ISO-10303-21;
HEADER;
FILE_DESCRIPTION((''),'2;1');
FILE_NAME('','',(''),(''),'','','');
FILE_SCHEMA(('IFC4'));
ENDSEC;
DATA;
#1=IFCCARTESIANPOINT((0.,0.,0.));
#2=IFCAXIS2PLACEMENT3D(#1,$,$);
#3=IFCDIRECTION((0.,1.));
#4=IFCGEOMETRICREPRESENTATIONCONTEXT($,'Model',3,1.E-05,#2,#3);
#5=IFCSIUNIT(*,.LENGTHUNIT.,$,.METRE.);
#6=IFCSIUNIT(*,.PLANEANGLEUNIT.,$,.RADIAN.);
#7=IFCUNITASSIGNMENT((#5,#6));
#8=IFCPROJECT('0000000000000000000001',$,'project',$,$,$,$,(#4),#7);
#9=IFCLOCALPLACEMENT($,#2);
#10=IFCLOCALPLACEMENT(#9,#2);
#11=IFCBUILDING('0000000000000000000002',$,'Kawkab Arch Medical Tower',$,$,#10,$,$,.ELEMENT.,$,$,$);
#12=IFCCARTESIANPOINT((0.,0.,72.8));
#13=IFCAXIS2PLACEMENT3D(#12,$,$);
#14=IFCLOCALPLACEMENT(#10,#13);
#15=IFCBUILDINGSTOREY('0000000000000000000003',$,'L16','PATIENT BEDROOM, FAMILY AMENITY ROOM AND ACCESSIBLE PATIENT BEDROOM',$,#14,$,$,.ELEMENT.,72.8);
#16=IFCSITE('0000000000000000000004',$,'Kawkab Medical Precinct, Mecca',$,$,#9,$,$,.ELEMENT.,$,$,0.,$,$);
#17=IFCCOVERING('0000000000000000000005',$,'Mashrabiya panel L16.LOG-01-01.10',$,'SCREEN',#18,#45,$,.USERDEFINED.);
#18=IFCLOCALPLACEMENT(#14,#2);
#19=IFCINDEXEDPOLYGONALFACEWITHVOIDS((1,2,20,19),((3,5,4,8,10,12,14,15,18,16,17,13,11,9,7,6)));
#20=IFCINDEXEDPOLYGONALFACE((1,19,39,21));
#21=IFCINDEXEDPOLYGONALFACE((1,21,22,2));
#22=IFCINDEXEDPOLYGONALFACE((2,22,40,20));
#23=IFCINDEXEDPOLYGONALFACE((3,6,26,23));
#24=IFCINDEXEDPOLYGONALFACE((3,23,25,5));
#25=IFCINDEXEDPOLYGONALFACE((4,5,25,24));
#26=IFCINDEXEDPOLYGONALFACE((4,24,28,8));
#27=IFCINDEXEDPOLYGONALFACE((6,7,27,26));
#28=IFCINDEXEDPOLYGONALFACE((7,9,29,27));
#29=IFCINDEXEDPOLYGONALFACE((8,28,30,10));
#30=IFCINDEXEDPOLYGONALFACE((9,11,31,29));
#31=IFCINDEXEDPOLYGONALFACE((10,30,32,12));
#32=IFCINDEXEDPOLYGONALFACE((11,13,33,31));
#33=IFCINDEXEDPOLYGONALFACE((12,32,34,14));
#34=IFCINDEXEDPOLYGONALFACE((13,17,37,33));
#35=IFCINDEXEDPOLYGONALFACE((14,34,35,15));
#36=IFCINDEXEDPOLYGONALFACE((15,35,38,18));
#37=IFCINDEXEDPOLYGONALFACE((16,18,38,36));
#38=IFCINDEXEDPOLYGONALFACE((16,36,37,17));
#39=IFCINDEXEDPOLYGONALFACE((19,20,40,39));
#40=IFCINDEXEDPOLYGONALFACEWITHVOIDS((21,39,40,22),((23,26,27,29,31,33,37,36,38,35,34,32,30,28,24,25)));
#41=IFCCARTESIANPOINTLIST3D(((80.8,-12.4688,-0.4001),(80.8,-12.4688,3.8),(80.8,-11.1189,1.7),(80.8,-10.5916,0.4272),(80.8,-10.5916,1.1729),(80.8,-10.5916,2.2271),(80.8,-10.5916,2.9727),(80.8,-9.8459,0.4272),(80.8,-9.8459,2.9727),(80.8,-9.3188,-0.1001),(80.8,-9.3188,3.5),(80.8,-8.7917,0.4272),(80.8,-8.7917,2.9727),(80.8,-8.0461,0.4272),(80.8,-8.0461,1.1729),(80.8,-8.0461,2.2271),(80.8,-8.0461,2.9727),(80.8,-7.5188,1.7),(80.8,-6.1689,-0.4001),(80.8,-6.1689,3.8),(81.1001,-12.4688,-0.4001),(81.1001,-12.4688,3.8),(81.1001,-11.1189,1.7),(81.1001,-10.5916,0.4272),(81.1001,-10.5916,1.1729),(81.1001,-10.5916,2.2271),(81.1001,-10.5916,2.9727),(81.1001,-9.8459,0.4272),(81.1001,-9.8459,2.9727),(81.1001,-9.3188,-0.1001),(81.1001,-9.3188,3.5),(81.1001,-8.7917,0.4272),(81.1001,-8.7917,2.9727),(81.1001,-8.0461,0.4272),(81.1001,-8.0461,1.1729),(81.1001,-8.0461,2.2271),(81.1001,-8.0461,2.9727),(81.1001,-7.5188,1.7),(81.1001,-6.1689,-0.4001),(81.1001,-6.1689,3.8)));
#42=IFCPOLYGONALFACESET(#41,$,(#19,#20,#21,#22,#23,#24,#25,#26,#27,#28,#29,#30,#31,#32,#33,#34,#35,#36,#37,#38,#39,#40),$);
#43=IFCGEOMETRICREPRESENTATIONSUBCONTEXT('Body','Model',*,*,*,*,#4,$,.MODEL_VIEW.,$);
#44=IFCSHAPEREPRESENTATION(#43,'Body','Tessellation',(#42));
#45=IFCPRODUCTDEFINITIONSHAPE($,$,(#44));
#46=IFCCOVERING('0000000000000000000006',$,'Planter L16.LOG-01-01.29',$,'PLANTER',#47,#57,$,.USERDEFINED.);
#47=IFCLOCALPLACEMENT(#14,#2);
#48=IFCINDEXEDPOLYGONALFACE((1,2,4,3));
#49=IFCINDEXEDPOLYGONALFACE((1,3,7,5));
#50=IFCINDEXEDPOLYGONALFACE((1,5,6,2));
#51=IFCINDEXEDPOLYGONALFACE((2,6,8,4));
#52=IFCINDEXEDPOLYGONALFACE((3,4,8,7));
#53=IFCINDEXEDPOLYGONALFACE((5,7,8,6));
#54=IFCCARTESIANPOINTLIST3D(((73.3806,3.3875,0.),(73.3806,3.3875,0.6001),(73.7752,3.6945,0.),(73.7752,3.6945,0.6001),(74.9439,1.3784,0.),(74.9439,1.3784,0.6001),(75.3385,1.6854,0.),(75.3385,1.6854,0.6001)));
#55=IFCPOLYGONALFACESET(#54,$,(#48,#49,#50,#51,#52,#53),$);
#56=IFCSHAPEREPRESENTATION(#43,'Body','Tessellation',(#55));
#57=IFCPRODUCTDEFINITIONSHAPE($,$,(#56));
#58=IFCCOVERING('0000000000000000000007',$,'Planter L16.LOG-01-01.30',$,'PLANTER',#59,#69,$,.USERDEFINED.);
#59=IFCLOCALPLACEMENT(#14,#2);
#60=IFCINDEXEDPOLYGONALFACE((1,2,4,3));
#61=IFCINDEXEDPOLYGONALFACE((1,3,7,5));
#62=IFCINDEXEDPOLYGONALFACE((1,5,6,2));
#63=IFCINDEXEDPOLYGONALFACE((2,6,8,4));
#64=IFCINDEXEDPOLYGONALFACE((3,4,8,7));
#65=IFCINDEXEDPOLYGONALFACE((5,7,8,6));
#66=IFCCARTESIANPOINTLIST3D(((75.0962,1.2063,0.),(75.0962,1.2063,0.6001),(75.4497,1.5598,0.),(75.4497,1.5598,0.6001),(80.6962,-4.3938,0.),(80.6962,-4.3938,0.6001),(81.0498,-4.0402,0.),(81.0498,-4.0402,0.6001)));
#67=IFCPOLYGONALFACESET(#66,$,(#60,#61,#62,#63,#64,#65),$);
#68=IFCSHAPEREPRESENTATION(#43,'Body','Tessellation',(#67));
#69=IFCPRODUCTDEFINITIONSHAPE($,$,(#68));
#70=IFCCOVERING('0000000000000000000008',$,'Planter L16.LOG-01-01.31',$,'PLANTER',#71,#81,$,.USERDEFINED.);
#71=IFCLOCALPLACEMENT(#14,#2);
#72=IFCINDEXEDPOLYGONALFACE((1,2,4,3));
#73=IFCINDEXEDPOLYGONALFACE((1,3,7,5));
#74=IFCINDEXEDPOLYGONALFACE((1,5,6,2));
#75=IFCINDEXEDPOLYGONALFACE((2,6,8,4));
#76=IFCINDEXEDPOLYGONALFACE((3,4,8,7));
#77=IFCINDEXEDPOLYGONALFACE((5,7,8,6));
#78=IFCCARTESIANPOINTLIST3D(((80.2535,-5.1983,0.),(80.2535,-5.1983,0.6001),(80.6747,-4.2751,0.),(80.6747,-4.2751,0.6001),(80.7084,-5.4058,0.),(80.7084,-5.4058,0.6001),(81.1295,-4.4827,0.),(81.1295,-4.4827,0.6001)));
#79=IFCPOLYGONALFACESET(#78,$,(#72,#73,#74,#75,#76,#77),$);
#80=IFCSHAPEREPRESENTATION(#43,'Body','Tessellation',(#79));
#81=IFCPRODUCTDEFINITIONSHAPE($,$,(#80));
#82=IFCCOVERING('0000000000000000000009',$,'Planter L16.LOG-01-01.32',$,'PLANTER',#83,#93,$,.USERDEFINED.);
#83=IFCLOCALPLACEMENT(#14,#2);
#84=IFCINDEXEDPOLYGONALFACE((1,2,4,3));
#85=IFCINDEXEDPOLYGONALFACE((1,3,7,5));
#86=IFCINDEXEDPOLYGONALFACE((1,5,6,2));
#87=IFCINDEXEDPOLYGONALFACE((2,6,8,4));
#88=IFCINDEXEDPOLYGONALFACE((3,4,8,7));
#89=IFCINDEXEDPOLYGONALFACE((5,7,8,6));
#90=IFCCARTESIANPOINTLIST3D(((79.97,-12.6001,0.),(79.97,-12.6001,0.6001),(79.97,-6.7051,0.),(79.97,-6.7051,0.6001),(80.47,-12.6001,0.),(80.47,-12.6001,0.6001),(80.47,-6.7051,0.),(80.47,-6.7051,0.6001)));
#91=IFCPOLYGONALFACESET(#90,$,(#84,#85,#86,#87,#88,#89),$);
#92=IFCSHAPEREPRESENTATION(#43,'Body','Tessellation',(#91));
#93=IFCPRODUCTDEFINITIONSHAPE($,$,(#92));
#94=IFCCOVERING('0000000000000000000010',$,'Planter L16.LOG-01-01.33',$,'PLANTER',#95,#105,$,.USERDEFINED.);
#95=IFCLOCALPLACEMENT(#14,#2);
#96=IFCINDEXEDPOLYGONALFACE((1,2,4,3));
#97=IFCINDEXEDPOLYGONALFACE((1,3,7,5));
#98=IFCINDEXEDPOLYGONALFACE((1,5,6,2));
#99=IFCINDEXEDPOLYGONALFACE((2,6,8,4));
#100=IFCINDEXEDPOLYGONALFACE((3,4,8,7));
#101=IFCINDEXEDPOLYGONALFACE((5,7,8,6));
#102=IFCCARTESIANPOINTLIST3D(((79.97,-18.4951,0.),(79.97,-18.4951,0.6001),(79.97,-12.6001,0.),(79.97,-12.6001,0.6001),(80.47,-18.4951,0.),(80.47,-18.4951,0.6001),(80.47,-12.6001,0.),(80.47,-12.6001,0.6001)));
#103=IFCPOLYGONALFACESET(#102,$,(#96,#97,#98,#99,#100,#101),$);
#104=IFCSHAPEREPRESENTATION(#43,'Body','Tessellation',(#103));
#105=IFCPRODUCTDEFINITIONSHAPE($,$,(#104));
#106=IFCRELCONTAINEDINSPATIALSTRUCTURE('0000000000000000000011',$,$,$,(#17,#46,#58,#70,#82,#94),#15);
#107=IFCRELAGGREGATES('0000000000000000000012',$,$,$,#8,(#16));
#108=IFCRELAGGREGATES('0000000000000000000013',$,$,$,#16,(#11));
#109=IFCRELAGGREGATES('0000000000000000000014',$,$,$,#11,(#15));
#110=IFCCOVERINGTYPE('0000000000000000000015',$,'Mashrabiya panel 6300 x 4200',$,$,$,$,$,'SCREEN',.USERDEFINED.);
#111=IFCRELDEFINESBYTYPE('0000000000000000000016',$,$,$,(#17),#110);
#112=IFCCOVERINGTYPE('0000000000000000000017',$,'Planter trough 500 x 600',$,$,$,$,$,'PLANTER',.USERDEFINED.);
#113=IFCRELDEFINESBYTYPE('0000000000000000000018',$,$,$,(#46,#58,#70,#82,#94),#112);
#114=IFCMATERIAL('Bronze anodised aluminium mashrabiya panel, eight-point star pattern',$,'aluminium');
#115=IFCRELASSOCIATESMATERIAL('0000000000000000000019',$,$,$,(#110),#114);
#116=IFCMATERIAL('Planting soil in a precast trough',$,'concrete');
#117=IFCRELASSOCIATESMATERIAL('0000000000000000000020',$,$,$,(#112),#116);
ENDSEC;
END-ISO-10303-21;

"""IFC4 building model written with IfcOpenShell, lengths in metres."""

from ifc_helpers import new_model, si_unit, direction, frame, origin, origin_2d, place, context, subcontext, project, spatial, polyline, rectangle, outline, extrude, material, material_profile, profile_set, type_object, element, save


model = new_model("IFC4")

# Units and contexts
model_context = context("Model", 3, precision=1e-05, world=origin(), true_north=direction((0.0, 1.0)))
body_context = subcontext(model_context, "Body", "Model", "MODEL_VIEW")
ifc_project = project(units=[si_unit("LENGTHUNIT", "METRE"), si_unit("PLANEANGLEUNIT", "RADIAN")], contexts=[model_context])

# Site, building, storey
site_placement = place(None, origin())
site = spatial("IfcSite", under=ifc_project, at=site_placement, Name="Kawkab Medical Precinct, Mecca", CompositionType="ELEMENT", RefElevation=0.0)
building_placement = place(site_placement, origin())
building = spatial("IfcBuilding", under=site, at=building_placement, Name="Kawkab Arch Medical Tower", CompositionType="ELEMENT")
storey_placement = place(building_placement, frame((0.0, 0.0, 72.8)))
storey = spatial("IfcBuildingStorey", under=building, at=storey_placement, Name="L16", Description="PATIENT BEDROOM, FAMILY AMENITY ROOM AND ACCESSIBLE PATIENT BEDROOM", CompositionType="ELEMENT", Elevation=72.8)

# Coverings
ifc_material_1 = material(Name="Bronze anodised aluminium mashrabiya panel, eight-point star pattern", Category="aluminium")
ifc_material_profile_1 = material_profile(ifc_material_1, outline(polyline([(-3.1499, -2.1001), (3.1499, -2.1001), (3.1499, 2.1001), (-3.1499, 2.1001), (-3.1499, -2.1001)]), holes=[polyline([(1.8, 0.0), (1.2727, 0.5271), (1.2727, 1.2727), (0.5271, 1.2727), (0.0, 1.8), (-0.5271, 1.2727), (-1.2727, 1.2727), (-1.2727, 0.5271), (-1.8, 0.0), (-1.2727, -0.5271), (-1.2727, -1.2727), (-0.5271, -1.2727), (0.0, -1.8), (0.5271, -1.2727), (1.2727, -1.2727), (1.2727, -0.5271), (1.8, 0.0)])]), Name="Mashrabiya panel 6300x4200")
ifc_profile_set_1 = profile_set([ifc_material_profile_1], Name="Bronze anodised aluminium mashrabiya panel, eight-point star pattern")
covering_type_1 = type_object("IfcCoveringType", Name="Mashrabiya panel 6300 x 4200", ElementType="SCREEN", PredefinedType="USERDEFINED", material=ifc_profile_set_1)
covering_1_placement = place(storey_placement, frame((80.8, -9.3188, 1.7), z_axis=(1.0, 0.0, 0.0), x_axis=(0.0, 1.0, 0.0)))
element("IfcCovering", 1, at=covering_1_placement, inside=storey, type_object=covering_type_1, Name="Mashrabiya panel L16.LOG-01-01.10", ObjectType="SCREEN", PredefinedType="USERDEFINED", context=body_context, shape_type="SweptSolid", body=[
    extrude(outline(polyline([(-3.1499, -2.1001), (3.1499, -2.1001), (3.1499, 2.1001), (-3.1499, 2.1001), (-3.1499, -2.1001)]), holes=[polyline([(1.8, 0.0), (1.2727, 0.5271), (1.2727, 1.2727), (0.5271, 1.2727), (0.0, 1.8), (-0.5271, 1.2727), (-1.2727, 1.2727), (-1.2727, 0.5271), (-1.8, 0.0), (-1.2727, -0.5271), (-1.2727, -1.2727), (-0.5271, -1.2727), (0.0, -1.8), (0.5271, -1.2727), (1.2727, -1.2727), (1.2727, -0.5271), (1.8, 0.0)])]), origin(), (0.0, 0.0, 1.0), 0.3),
])
ifc_material_2 = material(Name="Planting soil in a precast trough", Category="concrete")
ifc_material_profile_2 = material_profile(ifc_material_2, rectangle(XDim=0.5, YDim=0.6001, at=origin_2d()), Name="Trough 500x600")
ifc_profile_set_2 = profile_set([ifc_material_profile_2], Name="Planting soil in a precast trough")
covering_type_2 = type_object("IfcCoveringType", Name="Planter trough 500 x 600", ElementType="PLANTER", PredefinedType="USERDEFINED", material=ifc_profile_set_2)
covering_2_placement = place(storey_placement, frame((73.5779, 3.541, 0.3), z_axis=(0.6141, -0.789228, 0.0), x_axis=(0.789228, 0.6141, 0.0)))
element("IfcCovering", 2, at=covering_2_placement, inside=storey, type_object=covering_type_2, Name="Planter L16.LOG-01-01.29", ObjectType="PLANTER", PredefinedType="USERDEFINED", context=body_context, shape_type="SweptSolid", body=[
    extrude(rectangle(XDim=0.5, YDim=0.6001, at=origin_2d()), origin(), (0.0, 0.0, 1.0), 2.5457),
])
covering_3_placement = place(storey_placement, frame((75.2729, 1.3831, 0.3), z_axis=(0.707107, -0.707107, 0.0), x_axis=(0.707107, 0.707107, 0.0)))
element("IfcCovering", 3, at=covering_3_placement, inside=storey, type_object=covering_type_2, Name="Planter L16.LOG-01-01.30", ObjectType="PLANTER", PredefinedType="USERDEFINED", context=body_context, shape_type="SweptSolid", body=[
    extrude(rectangle(XDim=0.5, YDim=0.6001, at=origin_2d()), origin(), (0.0, 0.0, 1.0), 7.9197),
])
covering_4_placement = place(storey_placement, frame((80.9021, -4.3789, 0.3), z_axis=(-0.415072, -0.909789, 0.0), x_axis=(0.909789, -0.415072, 0.0)))
element("IfcCovering", 4, at=covering_4_placement, inside=storey, type_object=covering_type_2, Name="Planter L16.LOG-01-01.31", ObjectType="PLANTER", PredefinedType="USERDEFINED", context=body_context, shape_type="SweptSolid", body=[
    extrude(rectangle(XDim=0.5, YDim=0.6001, at=origin_2d()), origin(), (0.0, 0.0, 1.0), 1.0146),
])
for number, where, z_axis, x_axis, name in (
    (5, (80.22, -6.7051, 0.3), (0.0, -1.0, 0.0), (1.0, 0.0, 0.0), "Planter L16.LOG-01-01.32"),
    (6, (80.22, -12.6001, 0.3), (0.0, -1.0, 0.0), (1.0, 0.0, 0.0), "Planter L16.LOG-01-01.33"),
):
    element("IfcCovering", number, at=place(storey_placement, frame(where, z_axis=z_axis, x_axis=x_axis)), inside=storey, type_object=covering_type_2, Name=name, ObjectType="PLANTER", PredefinedType="USERDEFINED", context=body_context, shape_type="SweptSolid", body=[
        extrude(rectangle(XDim=0.5, YDim=0.6001, at=origin_2d()), origin(), (0.0, 0.0, 1.0), 5.895),
    ])

save(model, "model.ifc")
